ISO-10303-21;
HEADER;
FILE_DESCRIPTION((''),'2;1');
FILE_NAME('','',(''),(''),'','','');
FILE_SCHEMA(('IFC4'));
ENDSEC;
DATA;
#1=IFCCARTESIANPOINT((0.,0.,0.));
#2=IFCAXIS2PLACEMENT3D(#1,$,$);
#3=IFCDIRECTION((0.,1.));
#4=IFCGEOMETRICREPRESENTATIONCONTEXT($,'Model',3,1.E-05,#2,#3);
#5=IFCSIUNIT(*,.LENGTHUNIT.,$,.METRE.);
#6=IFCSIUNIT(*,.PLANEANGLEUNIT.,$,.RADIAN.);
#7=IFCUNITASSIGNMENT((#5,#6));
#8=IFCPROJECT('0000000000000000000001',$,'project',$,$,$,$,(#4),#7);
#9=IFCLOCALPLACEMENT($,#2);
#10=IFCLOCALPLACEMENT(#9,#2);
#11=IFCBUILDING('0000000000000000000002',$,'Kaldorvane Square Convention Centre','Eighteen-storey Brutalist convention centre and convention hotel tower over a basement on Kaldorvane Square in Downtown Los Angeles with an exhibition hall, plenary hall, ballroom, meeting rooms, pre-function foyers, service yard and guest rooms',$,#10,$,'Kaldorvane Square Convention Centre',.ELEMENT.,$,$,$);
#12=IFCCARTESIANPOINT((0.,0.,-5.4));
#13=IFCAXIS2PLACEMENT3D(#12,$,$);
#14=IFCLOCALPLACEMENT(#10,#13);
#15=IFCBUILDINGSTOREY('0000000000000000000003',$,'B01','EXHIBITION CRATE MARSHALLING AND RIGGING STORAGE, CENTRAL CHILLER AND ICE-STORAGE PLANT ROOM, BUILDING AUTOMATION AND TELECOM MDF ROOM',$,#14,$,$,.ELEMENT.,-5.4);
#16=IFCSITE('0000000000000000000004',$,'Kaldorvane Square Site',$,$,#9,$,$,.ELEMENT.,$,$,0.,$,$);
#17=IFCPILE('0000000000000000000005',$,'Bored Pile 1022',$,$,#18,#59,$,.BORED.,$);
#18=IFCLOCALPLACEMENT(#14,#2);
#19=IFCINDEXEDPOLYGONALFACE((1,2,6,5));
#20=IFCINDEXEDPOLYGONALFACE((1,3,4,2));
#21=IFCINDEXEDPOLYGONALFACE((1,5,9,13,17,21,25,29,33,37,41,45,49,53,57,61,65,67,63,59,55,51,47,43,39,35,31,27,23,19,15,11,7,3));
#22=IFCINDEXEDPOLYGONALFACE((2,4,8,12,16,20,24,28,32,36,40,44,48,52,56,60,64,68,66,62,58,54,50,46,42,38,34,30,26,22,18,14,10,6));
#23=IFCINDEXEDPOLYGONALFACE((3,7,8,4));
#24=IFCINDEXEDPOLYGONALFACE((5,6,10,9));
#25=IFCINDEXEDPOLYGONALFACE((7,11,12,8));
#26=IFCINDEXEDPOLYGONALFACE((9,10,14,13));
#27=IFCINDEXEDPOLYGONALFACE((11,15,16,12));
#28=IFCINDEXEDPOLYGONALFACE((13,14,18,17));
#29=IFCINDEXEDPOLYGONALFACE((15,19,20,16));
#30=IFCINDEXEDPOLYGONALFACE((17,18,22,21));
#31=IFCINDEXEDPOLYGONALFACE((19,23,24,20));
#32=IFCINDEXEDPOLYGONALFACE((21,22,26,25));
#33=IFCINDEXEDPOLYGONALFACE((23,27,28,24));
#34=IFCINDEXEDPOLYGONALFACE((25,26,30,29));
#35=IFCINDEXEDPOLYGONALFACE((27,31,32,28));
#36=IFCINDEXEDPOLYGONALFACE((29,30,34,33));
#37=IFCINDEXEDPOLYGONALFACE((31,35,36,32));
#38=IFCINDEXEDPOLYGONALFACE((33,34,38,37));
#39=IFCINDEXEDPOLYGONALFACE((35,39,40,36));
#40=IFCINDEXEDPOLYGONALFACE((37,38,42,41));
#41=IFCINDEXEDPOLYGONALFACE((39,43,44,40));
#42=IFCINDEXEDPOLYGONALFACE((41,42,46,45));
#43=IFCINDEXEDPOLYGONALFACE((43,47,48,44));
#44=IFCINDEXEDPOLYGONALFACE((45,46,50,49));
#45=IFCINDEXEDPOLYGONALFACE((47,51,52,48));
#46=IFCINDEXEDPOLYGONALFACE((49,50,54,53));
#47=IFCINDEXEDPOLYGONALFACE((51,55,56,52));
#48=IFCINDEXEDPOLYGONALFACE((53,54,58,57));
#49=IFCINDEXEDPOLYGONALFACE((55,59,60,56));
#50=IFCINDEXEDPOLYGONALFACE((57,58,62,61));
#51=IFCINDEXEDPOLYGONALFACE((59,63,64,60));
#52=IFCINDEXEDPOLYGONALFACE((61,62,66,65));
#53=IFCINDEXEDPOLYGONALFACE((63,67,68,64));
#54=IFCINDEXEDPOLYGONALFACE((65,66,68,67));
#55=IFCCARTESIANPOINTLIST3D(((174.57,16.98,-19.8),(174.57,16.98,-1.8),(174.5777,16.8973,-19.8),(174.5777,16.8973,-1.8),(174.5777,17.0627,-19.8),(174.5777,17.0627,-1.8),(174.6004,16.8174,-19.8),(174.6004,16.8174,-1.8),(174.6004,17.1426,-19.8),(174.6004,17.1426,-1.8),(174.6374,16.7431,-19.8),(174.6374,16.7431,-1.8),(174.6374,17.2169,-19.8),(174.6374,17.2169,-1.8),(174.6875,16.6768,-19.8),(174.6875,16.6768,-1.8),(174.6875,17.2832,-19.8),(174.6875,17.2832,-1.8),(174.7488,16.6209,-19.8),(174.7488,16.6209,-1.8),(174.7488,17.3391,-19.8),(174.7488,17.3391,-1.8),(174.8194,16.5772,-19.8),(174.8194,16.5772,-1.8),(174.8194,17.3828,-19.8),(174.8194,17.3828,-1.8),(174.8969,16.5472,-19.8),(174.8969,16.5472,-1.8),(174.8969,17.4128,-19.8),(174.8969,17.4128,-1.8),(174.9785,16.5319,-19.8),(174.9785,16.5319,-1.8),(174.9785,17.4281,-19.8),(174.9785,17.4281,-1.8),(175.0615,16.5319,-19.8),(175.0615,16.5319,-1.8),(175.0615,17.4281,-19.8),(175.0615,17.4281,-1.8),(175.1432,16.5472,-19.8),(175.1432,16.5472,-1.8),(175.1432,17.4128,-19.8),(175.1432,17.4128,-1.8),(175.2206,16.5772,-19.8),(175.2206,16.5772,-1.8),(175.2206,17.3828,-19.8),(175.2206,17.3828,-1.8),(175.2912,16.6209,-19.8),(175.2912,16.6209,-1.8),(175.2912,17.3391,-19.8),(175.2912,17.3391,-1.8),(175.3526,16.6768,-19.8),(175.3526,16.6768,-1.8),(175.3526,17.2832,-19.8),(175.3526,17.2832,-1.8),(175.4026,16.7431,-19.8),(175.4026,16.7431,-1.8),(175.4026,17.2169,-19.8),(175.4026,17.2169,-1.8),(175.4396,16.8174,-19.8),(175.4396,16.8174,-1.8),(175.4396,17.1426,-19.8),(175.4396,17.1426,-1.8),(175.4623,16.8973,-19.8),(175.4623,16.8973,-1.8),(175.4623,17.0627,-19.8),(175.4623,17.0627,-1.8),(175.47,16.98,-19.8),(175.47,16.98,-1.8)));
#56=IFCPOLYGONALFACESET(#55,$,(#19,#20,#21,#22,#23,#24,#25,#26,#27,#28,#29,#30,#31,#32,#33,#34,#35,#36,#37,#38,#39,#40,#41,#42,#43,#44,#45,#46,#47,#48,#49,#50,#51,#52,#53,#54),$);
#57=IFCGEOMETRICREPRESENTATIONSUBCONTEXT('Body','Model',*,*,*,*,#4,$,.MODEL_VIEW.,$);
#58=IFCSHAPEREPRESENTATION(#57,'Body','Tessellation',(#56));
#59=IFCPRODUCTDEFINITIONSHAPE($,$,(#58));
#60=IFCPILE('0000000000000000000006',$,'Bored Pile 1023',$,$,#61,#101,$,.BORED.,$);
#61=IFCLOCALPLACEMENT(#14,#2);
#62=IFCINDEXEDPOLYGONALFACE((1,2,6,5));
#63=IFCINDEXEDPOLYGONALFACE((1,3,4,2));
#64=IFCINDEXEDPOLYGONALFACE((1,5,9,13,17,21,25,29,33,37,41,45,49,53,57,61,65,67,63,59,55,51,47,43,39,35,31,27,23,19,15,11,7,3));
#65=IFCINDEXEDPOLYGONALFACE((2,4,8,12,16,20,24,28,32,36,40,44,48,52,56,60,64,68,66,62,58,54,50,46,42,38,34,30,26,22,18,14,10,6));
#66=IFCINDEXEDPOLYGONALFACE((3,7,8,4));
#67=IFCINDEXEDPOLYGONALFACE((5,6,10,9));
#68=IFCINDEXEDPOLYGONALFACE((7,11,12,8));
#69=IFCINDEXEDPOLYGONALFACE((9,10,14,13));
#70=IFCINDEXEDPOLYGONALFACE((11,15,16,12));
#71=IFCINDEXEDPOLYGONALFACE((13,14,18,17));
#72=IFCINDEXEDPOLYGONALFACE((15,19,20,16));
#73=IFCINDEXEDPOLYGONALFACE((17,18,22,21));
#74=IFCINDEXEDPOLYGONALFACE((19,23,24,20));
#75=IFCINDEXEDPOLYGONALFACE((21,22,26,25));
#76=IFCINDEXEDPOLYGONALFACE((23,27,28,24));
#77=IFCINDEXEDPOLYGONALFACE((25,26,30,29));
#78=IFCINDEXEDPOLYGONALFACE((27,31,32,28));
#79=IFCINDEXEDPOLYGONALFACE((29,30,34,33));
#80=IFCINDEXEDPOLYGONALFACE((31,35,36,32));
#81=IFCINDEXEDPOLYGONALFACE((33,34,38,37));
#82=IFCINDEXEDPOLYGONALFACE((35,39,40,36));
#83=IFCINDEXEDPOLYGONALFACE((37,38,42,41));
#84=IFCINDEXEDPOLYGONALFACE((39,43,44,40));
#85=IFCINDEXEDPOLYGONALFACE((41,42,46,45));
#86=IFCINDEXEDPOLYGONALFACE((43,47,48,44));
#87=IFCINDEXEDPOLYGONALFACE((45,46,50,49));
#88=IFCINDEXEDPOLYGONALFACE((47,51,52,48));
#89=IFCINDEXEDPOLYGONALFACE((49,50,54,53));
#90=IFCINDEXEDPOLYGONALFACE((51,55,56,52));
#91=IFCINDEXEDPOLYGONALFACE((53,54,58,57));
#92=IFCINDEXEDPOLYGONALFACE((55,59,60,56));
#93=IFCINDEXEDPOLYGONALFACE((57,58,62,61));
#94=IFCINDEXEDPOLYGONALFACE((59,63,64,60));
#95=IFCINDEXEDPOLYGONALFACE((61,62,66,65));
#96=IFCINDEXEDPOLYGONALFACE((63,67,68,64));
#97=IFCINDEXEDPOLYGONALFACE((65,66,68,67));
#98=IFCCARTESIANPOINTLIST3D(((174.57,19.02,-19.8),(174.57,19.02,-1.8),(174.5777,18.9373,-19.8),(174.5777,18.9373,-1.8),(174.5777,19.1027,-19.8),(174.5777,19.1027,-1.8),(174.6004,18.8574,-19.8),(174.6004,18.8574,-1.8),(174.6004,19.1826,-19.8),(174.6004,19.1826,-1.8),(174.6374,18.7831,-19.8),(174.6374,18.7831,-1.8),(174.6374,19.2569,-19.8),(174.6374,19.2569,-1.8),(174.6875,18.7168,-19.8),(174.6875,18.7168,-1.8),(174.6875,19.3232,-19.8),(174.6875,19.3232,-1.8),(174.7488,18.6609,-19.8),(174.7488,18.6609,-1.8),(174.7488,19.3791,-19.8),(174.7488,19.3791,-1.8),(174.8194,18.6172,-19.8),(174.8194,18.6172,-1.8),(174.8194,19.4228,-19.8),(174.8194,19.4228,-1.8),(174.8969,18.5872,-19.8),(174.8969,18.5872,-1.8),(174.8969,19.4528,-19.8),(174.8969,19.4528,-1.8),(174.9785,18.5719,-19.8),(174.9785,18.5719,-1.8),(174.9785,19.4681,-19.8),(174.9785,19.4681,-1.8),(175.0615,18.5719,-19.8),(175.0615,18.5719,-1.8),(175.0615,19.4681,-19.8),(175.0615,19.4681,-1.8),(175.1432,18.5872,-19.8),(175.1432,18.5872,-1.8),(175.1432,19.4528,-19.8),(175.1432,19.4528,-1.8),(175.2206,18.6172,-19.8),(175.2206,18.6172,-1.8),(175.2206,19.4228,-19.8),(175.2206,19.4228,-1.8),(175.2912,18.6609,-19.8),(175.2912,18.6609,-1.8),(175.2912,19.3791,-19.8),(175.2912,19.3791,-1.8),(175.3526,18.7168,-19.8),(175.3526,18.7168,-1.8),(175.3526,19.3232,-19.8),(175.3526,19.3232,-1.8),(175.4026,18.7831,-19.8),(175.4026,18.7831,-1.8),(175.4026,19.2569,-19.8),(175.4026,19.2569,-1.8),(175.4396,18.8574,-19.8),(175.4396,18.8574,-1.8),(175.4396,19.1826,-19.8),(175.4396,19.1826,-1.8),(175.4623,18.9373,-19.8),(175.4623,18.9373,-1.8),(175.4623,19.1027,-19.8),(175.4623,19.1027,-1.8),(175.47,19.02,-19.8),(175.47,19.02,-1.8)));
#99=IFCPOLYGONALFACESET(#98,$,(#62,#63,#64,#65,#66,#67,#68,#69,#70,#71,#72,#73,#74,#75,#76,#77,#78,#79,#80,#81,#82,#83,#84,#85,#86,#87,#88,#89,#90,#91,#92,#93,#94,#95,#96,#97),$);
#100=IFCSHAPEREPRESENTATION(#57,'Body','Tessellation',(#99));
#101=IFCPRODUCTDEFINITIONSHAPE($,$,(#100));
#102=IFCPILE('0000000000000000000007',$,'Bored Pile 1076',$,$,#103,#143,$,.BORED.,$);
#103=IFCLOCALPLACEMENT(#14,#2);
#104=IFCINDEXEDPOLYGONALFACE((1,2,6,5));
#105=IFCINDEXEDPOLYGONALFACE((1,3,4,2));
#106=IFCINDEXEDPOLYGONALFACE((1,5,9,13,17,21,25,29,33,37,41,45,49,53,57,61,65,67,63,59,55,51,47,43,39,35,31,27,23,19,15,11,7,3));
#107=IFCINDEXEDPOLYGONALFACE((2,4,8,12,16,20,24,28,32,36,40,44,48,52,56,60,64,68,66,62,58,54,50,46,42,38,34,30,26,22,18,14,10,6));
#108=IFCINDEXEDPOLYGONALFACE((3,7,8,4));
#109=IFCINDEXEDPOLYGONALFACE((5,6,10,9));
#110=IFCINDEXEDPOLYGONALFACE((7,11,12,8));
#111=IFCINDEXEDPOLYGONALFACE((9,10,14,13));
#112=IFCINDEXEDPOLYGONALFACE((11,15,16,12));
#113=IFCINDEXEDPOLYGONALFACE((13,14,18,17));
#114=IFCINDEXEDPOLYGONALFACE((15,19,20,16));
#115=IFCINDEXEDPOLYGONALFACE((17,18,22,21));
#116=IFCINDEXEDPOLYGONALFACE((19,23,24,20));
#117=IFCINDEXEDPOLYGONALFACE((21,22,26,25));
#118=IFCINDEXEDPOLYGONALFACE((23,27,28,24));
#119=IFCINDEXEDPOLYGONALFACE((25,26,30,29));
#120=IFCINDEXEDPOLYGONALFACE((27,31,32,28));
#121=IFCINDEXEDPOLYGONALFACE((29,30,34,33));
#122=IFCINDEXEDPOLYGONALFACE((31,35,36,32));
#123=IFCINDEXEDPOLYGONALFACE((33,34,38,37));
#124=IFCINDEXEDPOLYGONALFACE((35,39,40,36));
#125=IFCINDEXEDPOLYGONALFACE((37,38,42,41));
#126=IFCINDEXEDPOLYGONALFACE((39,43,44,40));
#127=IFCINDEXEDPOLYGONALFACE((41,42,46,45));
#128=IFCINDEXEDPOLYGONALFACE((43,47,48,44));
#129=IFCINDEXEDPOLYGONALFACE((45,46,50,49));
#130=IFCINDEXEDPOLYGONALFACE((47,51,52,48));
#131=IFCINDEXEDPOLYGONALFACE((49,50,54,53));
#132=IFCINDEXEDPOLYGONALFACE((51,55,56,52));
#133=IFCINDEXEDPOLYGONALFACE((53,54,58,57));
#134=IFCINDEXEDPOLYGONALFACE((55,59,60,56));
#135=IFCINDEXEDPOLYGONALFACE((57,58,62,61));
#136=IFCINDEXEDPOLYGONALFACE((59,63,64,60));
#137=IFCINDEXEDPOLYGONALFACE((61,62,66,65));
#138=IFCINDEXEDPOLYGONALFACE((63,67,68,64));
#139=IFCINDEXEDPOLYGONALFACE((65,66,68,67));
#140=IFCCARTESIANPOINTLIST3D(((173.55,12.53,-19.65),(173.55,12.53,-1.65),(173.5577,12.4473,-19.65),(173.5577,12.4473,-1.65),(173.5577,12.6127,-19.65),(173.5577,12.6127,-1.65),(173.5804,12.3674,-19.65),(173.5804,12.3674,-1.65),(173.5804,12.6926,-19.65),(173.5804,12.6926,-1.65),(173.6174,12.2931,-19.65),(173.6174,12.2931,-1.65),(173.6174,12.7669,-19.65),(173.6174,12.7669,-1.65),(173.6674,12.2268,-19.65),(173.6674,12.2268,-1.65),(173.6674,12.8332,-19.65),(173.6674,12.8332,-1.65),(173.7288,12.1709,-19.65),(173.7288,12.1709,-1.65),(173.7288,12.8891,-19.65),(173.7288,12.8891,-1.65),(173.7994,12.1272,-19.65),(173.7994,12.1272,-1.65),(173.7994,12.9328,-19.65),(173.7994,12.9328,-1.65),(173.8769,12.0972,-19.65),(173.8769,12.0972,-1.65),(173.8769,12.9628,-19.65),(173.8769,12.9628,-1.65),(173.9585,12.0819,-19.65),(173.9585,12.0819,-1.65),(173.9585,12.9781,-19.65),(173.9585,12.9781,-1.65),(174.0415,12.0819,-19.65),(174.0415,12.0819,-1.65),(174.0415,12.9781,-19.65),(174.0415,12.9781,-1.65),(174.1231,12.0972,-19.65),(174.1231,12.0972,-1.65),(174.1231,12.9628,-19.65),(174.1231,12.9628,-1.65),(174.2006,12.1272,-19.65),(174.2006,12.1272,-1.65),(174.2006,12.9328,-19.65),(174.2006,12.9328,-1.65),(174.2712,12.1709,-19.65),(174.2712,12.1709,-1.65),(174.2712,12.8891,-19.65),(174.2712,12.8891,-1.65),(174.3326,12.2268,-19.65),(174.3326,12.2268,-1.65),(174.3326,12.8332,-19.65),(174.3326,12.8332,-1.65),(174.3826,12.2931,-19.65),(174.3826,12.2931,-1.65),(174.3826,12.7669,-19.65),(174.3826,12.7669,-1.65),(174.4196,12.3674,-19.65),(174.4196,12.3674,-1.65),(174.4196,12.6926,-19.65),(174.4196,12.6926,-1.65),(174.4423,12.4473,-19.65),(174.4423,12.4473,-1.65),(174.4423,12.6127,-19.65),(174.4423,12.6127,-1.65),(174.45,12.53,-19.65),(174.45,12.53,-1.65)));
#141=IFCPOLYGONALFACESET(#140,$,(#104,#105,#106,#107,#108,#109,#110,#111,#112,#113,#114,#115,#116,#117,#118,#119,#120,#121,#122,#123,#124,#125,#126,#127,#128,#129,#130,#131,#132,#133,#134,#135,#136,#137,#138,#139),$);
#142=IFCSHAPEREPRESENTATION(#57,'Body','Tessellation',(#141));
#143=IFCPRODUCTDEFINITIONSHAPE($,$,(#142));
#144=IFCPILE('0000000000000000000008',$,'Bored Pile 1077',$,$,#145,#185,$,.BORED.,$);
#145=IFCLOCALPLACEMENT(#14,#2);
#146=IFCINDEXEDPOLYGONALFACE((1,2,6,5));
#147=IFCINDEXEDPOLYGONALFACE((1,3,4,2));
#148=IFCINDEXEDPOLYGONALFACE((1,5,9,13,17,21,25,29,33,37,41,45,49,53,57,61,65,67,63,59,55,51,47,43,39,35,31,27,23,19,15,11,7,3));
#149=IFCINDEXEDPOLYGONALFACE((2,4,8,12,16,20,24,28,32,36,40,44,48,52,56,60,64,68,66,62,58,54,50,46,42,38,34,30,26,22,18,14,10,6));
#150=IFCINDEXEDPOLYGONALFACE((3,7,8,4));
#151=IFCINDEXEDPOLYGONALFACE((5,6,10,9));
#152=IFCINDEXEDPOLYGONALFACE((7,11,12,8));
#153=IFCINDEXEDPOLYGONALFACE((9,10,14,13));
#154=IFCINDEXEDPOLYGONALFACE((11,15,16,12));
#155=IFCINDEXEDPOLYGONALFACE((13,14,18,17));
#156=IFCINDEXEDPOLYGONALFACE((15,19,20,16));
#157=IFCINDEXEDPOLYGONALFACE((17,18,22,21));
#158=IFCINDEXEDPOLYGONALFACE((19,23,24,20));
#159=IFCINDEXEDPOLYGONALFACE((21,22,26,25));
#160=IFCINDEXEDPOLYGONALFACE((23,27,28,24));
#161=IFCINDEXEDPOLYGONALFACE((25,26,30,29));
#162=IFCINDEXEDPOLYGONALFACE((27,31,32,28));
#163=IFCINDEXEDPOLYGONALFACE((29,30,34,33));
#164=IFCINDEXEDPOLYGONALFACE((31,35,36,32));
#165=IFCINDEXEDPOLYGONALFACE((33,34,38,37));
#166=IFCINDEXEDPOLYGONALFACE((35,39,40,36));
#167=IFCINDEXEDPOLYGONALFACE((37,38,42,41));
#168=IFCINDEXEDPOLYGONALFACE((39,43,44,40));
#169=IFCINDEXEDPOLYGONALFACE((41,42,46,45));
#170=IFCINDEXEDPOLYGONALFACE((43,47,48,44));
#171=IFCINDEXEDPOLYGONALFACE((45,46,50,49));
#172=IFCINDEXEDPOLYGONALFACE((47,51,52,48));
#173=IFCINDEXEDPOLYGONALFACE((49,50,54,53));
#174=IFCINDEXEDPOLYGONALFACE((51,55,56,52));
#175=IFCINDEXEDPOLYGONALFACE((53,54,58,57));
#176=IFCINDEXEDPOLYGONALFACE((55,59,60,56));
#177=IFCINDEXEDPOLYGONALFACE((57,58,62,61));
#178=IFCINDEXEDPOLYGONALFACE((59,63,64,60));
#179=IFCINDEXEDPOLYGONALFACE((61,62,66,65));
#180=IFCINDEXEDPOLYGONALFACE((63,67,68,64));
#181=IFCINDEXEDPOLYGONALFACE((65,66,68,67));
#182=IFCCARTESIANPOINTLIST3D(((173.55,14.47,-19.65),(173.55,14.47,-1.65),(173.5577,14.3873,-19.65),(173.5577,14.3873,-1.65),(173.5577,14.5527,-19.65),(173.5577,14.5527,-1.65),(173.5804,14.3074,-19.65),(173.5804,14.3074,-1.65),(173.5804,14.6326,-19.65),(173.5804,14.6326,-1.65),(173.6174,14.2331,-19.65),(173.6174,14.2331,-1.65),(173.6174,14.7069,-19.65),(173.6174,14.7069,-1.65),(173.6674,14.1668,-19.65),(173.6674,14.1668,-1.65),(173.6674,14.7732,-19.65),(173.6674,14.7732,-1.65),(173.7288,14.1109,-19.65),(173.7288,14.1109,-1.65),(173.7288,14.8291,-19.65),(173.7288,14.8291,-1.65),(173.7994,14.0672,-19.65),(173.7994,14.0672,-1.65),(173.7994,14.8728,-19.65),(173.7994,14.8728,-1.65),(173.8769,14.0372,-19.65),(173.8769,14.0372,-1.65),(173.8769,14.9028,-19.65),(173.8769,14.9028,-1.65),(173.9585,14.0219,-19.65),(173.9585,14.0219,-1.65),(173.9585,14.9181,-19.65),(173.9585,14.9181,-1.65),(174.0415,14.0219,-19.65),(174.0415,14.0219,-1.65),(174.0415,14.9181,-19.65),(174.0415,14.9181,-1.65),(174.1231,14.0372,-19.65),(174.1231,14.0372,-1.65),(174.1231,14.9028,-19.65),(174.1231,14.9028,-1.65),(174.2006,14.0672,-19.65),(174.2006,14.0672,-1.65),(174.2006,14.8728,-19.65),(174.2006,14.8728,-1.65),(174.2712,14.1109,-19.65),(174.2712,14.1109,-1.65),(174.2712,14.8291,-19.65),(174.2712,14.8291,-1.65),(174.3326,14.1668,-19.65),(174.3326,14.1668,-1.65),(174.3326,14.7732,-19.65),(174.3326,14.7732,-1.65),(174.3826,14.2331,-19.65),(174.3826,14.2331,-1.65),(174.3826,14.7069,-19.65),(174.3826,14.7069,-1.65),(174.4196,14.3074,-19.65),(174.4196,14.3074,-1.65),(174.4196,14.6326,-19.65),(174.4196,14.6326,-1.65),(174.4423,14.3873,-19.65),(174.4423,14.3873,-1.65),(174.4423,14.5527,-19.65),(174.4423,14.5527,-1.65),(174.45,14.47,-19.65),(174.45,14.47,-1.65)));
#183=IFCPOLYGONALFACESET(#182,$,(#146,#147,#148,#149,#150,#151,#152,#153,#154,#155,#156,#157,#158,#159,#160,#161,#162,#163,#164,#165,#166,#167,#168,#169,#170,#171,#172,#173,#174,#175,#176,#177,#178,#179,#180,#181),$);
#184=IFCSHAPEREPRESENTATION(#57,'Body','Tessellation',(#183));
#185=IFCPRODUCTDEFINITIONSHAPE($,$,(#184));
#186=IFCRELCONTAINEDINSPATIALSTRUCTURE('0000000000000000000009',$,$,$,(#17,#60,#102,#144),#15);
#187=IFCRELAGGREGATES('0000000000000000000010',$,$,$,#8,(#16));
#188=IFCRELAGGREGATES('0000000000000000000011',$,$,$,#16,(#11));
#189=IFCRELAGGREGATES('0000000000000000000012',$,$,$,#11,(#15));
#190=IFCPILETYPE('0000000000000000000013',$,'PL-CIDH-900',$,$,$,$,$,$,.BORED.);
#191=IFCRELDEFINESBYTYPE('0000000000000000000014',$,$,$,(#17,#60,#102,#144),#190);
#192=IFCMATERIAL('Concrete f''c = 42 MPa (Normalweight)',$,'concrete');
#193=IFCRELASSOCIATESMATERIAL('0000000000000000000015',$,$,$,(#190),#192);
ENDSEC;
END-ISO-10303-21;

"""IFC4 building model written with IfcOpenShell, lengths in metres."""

from ifc_helpers import new_model, si_unit, direction, frame, origin, origin_2d, place, context, subcontext, project, spatial, circle, extrude, material, material_profile, profile_set, type_object, element, save


model = new_model("IFC4")

# Units and contexts
model_context = context("Model", 3, precision=1e-05, world=origin(), true_north=direction((0.0, 1.0)))
body_context = subcontext(model_context, "Body", "Model", "MODEL_VIEW")
ifc_project = project(units=[si_unit("LENGTHUNIT", "METRE"), si_unit("PLANEANGLEUNIT", "RADIAN")], contexts=[model_context])

# Site, building, storey
site_placement = place(None, origin())
site = spatial("IfcSite", under=ifc_project, at=site_placement, Name="Kaldorvane Square Site", CompositionType="ELEMENT", RefElevation=0.0)
building_placement = place(site_placement, origin())
building = spatial("IfcBuilding", under=site, at=building_placement, Name="Kaldorvane Square Convention Centre", Description="Eighteen-storey Brutalist convention centre and convention hotel tower over a basement on Kaldorvane Square in Downtown Los Angeles with an exhibition hall, plenary hall, ballroom, meeting rooms, pre-function foyers, service yard and guest rooms", LongName="Kaldorvane Square Convention Centre", CompositionType="ELEMENT")
storey_placement = place(building_placement, frame((0.0, 0.0, -5.4)))
storey = spatial("IfcBuildingStorey", under=building, at=storey_placement, Name="B01", Description="EXHIBITION CRATE MARSHALLING AND RIGGING STORAGE, CENTRAL CHILLER AND ICE-STORAGE PLANT ROOM, BUILDING AUTOMATION AND TELECOM MDF ROOM", CompositionType="ELEMENT", Elevation=-5.4)

# Shared definitions
ifc_material_1 = material(Name="Concrete f'c = 42 MPa (Normalweight)", Category="concrete")

# Piles
ifc_material_profile_1 = material_profile(ifc_material_1, circle(Radius=0.45, at=origin_2d()), Name="PILE-D900")
ifc_profile_set_1 = profile_set([ifc_material_profile_1], Name="Concrete f'c = 42 MPa (Normalweight)")
pile_type = type_object("IfcPileType", Name="PL-CIDH-900", PredefinedType="BORED", material=ifc_profile_set_1)
for number, where, z_axis, x_axis, name in (
    (1, (175.02, 16.98, -1.8), (0.0, 0.0, -1.0), (1.0, 0.0, 0.0), "Bored Pile 1022"),
    (2, (175.02, 19.02, -1.8), (0.0, 0.0, -1.0), (1.0, 0.0, 0.0), "Bored Pile 1023"),
    (3, (174.0, 12.53, -1.65), (0.0, 0.0, -1.0), (1.0, 0.0, 0.0), "Bored Pile 1076"),
    (4, (174.0, 14.47, -1.65), (0.0, 0.0, -1.0), (1.0, 0.0, 0.0), "Bored Pile 1077"),
):
    element("IfcPile", number, at=place(storey_placement, frame(where, z_axis=z_axis, x_axis=x_axis)), inside=storey, type_object=pile_type, Name=name, PredefinedType="BORED", context=body_context, shape_type="SweptSolid", body=[
        extrude(circle(Radius=0.45, at=origin_2d()), origin(), (0.0, 0.0, 1.0), 18.0),
    ])

save(model, "model.ifc")
